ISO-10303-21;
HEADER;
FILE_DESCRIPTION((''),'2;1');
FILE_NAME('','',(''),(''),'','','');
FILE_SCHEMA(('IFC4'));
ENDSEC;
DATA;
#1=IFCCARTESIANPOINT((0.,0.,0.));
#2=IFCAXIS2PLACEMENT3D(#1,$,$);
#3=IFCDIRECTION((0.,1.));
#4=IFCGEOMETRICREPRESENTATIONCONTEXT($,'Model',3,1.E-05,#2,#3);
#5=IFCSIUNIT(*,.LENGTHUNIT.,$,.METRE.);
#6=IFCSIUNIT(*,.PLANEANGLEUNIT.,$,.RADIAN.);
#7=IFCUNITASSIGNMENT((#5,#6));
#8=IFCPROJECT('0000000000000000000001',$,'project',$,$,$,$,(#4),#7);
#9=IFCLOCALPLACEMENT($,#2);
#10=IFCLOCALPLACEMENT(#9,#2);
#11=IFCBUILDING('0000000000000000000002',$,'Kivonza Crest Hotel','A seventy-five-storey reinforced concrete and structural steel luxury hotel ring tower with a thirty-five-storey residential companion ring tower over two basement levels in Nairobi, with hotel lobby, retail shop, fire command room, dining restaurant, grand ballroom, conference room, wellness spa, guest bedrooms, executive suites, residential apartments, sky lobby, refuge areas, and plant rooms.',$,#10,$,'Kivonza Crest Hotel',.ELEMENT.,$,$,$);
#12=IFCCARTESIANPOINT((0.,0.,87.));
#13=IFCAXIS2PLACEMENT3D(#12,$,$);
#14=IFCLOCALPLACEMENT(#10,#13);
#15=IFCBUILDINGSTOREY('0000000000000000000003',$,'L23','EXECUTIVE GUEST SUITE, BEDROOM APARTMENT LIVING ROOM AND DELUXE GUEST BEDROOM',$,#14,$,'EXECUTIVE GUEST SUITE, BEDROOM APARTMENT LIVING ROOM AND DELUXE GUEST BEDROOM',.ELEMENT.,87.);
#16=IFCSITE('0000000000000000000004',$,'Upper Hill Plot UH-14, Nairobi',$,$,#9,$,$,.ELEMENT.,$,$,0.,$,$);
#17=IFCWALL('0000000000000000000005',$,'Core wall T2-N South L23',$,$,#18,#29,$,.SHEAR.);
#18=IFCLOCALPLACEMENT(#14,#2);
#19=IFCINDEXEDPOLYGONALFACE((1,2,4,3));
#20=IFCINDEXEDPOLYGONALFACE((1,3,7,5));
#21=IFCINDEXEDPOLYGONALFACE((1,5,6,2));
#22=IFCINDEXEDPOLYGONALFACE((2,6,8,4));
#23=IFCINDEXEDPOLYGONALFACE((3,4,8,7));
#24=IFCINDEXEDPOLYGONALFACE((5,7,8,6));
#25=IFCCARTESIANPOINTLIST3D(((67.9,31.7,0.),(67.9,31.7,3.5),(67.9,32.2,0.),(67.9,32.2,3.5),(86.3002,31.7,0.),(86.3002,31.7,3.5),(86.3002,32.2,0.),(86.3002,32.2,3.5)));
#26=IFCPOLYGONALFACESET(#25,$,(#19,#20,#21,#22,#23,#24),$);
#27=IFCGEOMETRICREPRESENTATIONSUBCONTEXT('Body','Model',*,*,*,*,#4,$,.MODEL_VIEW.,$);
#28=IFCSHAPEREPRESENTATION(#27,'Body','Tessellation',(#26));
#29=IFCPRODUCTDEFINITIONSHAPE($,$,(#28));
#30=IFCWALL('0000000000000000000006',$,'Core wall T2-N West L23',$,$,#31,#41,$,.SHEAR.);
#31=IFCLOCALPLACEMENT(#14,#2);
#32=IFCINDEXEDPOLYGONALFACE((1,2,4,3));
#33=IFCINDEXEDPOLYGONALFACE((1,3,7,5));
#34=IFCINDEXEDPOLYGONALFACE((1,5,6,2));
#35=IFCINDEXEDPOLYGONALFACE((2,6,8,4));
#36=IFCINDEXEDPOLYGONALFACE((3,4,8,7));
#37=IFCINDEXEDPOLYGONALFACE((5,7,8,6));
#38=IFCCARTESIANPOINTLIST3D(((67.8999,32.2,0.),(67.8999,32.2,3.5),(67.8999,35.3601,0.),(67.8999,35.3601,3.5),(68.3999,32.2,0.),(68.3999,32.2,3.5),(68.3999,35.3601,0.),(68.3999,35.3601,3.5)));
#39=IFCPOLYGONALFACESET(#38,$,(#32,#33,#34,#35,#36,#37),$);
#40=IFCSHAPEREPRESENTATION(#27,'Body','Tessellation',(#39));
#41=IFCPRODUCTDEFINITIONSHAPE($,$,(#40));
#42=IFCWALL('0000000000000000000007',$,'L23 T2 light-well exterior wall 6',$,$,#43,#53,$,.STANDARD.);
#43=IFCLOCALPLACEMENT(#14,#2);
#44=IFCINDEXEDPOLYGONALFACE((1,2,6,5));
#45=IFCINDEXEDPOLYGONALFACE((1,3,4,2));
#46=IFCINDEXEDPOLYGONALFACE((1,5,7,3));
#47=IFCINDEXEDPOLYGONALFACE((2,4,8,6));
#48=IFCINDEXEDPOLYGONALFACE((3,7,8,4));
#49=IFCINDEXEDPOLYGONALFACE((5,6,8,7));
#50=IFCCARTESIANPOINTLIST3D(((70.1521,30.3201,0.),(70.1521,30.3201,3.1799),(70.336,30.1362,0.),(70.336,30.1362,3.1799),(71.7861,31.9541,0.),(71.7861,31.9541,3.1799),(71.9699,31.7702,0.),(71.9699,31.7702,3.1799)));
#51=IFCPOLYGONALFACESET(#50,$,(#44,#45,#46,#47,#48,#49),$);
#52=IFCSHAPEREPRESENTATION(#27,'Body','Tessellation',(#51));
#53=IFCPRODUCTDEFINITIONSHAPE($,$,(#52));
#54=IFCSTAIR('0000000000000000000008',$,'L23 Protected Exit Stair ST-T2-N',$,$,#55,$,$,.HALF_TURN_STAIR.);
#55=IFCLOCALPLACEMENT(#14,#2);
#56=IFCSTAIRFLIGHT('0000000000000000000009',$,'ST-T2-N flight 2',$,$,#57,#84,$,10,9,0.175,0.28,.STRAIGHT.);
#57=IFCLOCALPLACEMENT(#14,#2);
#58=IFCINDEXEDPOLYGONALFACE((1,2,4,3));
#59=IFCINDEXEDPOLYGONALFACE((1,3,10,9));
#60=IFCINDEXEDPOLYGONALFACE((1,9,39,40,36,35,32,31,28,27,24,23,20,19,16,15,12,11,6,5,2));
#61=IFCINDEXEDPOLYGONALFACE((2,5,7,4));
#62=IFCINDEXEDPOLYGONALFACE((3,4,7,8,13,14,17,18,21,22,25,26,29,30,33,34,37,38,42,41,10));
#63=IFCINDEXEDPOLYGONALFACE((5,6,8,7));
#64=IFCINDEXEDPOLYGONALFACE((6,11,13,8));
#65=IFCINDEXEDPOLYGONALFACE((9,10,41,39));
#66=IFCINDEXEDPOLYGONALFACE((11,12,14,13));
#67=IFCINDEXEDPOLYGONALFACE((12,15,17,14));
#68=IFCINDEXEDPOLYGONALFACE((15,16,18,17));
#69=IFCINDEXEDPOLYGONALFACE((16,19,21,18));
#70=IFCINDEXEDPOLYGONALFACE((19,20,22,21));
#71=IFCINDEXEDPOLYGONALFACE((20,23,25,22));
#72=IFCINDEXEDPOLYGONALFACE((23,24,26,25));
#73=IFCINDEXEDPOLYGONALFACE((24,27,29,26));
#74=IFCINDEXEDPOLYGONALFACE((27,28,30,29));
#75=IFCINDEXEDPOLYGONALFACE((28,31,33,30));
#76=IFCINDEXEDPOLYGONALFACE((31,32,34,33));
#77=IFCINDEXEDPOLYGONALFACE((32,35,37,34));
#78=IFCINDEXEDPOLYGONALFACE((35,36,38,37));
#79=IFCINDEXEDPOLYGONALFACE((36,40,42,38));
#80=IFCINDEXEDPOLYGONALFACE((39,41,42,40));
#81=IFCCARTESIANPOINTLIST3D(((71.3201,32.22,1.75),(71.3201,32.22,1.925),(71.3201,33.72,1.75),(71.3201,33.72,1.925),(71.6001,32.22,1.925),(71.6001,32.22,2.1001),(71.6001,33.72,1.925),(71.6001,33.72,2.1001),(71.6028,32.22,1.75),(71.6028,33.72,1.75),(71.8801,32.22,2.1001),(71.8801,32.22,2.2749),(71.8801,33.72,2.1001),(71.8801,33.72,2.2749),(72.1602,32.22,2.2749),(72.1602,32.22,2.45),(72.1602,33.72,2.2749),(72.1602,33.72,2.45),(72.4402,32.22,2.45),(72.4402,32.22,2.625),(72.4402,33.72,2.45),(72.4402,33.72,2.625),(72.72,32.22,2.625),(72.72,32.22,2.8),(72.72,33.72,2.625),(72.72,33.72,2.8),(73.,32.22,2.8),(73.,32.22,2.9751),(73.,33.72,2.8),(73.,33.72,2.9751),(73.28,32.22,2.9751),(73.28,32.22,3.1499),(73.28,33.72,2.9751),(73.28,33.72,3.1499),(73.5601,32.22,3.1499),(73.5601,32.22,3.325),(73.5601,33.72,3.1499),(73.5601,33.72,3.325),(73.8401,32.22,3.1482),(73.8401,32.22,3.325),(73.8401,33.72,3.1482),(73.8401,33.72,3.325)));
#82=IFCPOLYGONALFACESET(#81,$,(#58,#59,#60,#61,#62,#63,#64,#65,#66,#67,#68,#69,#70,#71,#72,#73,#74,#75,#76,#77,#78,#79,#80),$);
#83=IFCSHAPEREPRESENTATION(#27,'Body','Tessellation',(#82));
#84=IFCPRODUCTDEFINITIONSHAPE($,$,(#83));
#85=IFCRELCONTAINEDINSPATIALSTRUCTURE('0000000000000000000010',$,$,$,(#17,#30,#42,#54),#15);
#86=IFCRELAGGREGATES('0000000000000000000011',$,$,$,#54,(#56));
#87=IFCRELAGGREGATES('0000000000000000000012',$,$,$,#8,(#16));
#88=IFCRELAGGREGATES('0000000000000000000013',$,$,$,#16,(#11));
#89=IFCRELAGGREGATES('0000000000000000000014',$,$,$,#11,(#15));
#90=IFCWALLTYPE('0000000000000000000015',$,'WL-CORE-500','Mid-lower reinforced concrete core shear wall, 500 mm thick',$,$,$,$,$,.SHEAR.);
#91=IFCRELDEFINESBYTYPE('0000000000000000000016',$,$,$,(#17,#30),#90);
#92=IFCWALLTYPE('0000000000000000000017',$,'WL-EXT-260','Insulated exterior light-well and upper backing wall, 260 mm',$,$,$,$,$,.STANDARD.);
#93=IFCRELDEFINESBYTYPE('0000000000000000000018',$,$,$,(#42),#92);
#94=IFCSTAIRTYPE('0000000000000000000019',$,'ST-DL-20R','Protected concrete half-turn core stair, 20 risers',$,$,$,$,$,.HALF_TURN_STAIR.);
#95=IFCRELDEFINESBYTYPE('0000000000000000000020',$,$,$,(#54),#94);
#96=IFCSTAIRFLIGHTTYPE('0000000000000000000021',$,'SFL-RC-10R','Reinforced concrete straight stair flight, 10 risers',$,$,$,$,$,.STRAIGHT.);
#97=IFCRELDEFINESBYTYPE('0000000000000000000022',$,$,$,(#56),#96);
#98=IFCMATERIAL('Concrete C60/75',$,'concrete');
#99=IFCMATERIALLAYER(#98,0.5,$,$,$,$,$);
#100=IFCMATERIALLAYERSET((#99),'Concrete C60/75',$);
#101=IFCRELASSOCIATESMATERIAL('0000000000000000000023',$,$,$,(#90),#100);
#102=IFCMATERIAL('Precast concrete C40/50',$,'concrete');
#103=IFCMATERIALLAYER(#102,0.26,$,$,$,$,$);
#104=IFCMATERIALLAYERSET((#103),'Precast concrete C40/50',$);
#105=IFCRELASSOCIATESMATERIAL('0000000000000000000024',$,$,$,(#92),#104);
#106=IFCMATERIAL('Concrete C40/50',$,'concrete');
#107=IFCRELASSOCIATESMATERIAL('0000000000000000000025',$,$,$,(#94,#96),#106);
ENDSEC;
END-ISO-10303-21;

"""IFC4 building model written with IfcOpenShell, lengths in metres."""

from ifc_helpers import new_model, si_unit, direction, frame, frame_2d, origin, place, context, subcontext, project, spatial, polyline, rectangle, outline, extrude, material, layer, layer_set, type_object, element, aggregate, save


model = new_model("IFC4")

# Units and contexts
model_context = context("Model", 3, precision=1e-05, world=origin(), true_north=direction((0.0, 1.0)))
body_context = subcontext(model_context, "Body", "Model", "MODEL_VIEW")
ifc_project = project(units=[si_unit("LENGTHUNIT", "METRE"), si_unit("PLANEANGLEUNIT", "RADIAN")], contexts=[model_context])

# Site, building, storey
site_placement = place(None, origin())
site = spatial("IfcSite", under=ifc_project, at=site_placement, Name="Upper Hill Plot UH-14, Nairobi", CompositionType="ELEMENT", RefElevation=0.0)
building_placement = place(site_placement, origin())
building = spatial("IfcBuilding", under=site, at=building_placement, Name="Kivonza Crest Hotel", Description="A seventy-five-storey reinforced concrete and structural steel luxury hotel ring tower with a thirty-five-storey residential companion ring tower over two basement levels in Nairobi, with hotel lobby, retail shop, fire command room, dining restaurant, grand ballroom, conference room, wellness spa, guest bedrooms, executive suites, residential apartments, sky lobby, refuge areas, and plant rooms.", LongName="Kivonza Crest Hotel", CompositionType="ELEMENT")
storey_placement = place(building_placement, frame((0.0, 0.0, 87.0)))
storey = spatial("IfcBuildingStorey", under=building, at=storey_placement, Name="L23", Description="EXECUTIVE GUEST SUITE, BEDROOM APARTMENT LIVING ROOM AND DELUXE GUEST BEDROOM", LongName="EXECUTIVE GUEST SUITE, BEDROOM APARTMENT LIVING ROOM AND DELUXE GUEST BEDROOM", CompositionType="ELEMENT", Elevation=87.0)

# Walls
ifc_material_1 = material(Name="Concrete C60/75", Category="concrete")
ifc_layer_1 = layer(ifc_material_1, 0.5)
ifc_layer_set_1 = layer_set([ifc_layer_1], Name="Concrete C60/75")
wall_type_1 = type_object("IfcWallType", Name="WL-CORE-500", Description="Mid-lower reinforced concrete core shear wall, 500 mm thick", PredefinedType="SHEAR", material=ifc_layer_set_1)
wall_1_placement = place(storey_placement, frame((67.8999, 31.95, 0.0), z_axis=(0.0, 0.0, 1.0), x_axis=(1.0, 0.0, 0.0)))
element("IfcWall", 1, at=wall_1_placement, inside=storey, type_object=wall_type_1, Name="Core wall T2-N South L23", PredefinedType="SHEAR", context=body_context, shape_type="SweptSolid", body=[
    extrude(rectangle(XDim=18.4001, YDim=0.5, at=frame_2d((9.2002, 0.0))), origin(), (0.0, 0.0, 1.0), 3.5),
])
wall_2_placement = place(storey_placement, frame((68.1499, 32.2, 0.0), z_axis=(0.0, 0.0, 1.0), x_axis=(0.0, 1.0, 0.0)))
element("IfcWall", 2, at=wall_2_placement, inside=storey, type_object=wall_type_1, Name="Core wall T2-N West L23", PredefinedType="SHEAR", context=body_context, shape_type="SweptSolid", body=[
    extrude(rectangle(XDim=3.1602, YDim=0.5, at=frame_2d((1.5801, 0.0))), origin(), (0.0, 0.0, 1.0), 3.5),
])
ifc_material_2 = material(Name="Precast concrete C40/50", Category="concrete")
ifc_layer_2 = layer(ifc_material_2, 0.26)
ifc_layer_set_2 = layer_set([ifc_layer_2], Name="Precast concrete C40/50")
wall_type_2 = type_object("IfcWallType", Name="WL-EXT-260", Description="Insulated exterior light-well and upper backing wall, 260 mm", PredefinedType="STANDARD", material=ifc_layer_set_2)
wall_3_placement = place(storey_placement, frame((71.8779, 31.8621, 0.0), z_axis=(0.0, 0.0, 1.0), x_axis=(-0.707107, -0.707107, 0.0)))
element("IfcWall", 3, at=wall_3_placement, inside=storey, type_object=wall_type_2, Name="L23 T2 light-well exterior wall 6", PredefinedType="STANDARD", context=body_context, shape_type="SweptSolid", body=[
    extrude(rectangle(XDim=2.3108, YDim=0.26, at=frame_2d((1.1553, 0.0))), origin(), (0.0, 0.0, 1.0), 3.1799),
])

# Stair, stair flight
ifc_material_3 = material(Name="Concrete C40/50", Category="concrete")
stair_type = type_object("IfcStairType", Name="ST-DL-20R", Description="Protected concrete half-turn core stair, 20 risers", PredefinedType="HALF_TURN_STAIR", material=ifc_material_3)
stair_placement = place(storey_placement, origin())
stair = element("IfcStair", 4, at=stair_placement, inside=storey, type_object=stair_type, Name="L23 Protected Exit Stair ST-T2-N", PredefinedType="HALF_TURN_STAIR")
stair_flight_type = type_object("IfcStairFlightType", Name="SFL-RC-10R", Description="Reinforced concrete straight stair flight, 10 risers", PredefinedType="STRAIGHT", material=ifc_material_3)
stair_flight_placement = place(storey_placement, frame((71.3201, 32.97, 1.75), z_axis=(0.0, 0.0, 1.0), x_axis=(1.0, 0.0, 0.0)))
stair_flight = element("IfcStairFlight", 5, at=stair_flight_placement, type_object=stair_flight_type, Name="ST-T2-N flight 2", NumberOfRisers=10, NumberOfTreads=9, PredefinedType="STRAIGHT", RiserHeight=0.175, TreadLength=0.28, context=body_context, shape_type="SweptSolid", body=[
    extrude(outline(polyline([(0.0, 0.0), (0.0, 0.175), (0.28, 0.175), (0.28, 0.3501), (0.5601, 0.3501), (0.5601, 0.5249), (0.8401, 0.5249), (0.8401, 0.7), (1.1201, 0.7), (1.1201, 0.875), (1.3999, 0.875), (1.3999, 1.05), (1.6799, 1.05), (1.6799, 1.2251), (1.96, 1.2251), (1.96, 1.3999), (2.24, 1.3999), (2.24, 1.575), (2.52, 1.575), (2.52, 1.75), (2.52, 1.3982), (0.2827, 0.0), (0.0, 0.0)])), frame((0.0, 0.75, 0.0), z_axis=(0.0, -1.0, 0.0), x_axis=(1.0, 0.0, 0.0)), (0.0, 0.0, 1.0), 1.5),
])
aggregate(stair, [stair_flight])

save(model, "model.ifc")
